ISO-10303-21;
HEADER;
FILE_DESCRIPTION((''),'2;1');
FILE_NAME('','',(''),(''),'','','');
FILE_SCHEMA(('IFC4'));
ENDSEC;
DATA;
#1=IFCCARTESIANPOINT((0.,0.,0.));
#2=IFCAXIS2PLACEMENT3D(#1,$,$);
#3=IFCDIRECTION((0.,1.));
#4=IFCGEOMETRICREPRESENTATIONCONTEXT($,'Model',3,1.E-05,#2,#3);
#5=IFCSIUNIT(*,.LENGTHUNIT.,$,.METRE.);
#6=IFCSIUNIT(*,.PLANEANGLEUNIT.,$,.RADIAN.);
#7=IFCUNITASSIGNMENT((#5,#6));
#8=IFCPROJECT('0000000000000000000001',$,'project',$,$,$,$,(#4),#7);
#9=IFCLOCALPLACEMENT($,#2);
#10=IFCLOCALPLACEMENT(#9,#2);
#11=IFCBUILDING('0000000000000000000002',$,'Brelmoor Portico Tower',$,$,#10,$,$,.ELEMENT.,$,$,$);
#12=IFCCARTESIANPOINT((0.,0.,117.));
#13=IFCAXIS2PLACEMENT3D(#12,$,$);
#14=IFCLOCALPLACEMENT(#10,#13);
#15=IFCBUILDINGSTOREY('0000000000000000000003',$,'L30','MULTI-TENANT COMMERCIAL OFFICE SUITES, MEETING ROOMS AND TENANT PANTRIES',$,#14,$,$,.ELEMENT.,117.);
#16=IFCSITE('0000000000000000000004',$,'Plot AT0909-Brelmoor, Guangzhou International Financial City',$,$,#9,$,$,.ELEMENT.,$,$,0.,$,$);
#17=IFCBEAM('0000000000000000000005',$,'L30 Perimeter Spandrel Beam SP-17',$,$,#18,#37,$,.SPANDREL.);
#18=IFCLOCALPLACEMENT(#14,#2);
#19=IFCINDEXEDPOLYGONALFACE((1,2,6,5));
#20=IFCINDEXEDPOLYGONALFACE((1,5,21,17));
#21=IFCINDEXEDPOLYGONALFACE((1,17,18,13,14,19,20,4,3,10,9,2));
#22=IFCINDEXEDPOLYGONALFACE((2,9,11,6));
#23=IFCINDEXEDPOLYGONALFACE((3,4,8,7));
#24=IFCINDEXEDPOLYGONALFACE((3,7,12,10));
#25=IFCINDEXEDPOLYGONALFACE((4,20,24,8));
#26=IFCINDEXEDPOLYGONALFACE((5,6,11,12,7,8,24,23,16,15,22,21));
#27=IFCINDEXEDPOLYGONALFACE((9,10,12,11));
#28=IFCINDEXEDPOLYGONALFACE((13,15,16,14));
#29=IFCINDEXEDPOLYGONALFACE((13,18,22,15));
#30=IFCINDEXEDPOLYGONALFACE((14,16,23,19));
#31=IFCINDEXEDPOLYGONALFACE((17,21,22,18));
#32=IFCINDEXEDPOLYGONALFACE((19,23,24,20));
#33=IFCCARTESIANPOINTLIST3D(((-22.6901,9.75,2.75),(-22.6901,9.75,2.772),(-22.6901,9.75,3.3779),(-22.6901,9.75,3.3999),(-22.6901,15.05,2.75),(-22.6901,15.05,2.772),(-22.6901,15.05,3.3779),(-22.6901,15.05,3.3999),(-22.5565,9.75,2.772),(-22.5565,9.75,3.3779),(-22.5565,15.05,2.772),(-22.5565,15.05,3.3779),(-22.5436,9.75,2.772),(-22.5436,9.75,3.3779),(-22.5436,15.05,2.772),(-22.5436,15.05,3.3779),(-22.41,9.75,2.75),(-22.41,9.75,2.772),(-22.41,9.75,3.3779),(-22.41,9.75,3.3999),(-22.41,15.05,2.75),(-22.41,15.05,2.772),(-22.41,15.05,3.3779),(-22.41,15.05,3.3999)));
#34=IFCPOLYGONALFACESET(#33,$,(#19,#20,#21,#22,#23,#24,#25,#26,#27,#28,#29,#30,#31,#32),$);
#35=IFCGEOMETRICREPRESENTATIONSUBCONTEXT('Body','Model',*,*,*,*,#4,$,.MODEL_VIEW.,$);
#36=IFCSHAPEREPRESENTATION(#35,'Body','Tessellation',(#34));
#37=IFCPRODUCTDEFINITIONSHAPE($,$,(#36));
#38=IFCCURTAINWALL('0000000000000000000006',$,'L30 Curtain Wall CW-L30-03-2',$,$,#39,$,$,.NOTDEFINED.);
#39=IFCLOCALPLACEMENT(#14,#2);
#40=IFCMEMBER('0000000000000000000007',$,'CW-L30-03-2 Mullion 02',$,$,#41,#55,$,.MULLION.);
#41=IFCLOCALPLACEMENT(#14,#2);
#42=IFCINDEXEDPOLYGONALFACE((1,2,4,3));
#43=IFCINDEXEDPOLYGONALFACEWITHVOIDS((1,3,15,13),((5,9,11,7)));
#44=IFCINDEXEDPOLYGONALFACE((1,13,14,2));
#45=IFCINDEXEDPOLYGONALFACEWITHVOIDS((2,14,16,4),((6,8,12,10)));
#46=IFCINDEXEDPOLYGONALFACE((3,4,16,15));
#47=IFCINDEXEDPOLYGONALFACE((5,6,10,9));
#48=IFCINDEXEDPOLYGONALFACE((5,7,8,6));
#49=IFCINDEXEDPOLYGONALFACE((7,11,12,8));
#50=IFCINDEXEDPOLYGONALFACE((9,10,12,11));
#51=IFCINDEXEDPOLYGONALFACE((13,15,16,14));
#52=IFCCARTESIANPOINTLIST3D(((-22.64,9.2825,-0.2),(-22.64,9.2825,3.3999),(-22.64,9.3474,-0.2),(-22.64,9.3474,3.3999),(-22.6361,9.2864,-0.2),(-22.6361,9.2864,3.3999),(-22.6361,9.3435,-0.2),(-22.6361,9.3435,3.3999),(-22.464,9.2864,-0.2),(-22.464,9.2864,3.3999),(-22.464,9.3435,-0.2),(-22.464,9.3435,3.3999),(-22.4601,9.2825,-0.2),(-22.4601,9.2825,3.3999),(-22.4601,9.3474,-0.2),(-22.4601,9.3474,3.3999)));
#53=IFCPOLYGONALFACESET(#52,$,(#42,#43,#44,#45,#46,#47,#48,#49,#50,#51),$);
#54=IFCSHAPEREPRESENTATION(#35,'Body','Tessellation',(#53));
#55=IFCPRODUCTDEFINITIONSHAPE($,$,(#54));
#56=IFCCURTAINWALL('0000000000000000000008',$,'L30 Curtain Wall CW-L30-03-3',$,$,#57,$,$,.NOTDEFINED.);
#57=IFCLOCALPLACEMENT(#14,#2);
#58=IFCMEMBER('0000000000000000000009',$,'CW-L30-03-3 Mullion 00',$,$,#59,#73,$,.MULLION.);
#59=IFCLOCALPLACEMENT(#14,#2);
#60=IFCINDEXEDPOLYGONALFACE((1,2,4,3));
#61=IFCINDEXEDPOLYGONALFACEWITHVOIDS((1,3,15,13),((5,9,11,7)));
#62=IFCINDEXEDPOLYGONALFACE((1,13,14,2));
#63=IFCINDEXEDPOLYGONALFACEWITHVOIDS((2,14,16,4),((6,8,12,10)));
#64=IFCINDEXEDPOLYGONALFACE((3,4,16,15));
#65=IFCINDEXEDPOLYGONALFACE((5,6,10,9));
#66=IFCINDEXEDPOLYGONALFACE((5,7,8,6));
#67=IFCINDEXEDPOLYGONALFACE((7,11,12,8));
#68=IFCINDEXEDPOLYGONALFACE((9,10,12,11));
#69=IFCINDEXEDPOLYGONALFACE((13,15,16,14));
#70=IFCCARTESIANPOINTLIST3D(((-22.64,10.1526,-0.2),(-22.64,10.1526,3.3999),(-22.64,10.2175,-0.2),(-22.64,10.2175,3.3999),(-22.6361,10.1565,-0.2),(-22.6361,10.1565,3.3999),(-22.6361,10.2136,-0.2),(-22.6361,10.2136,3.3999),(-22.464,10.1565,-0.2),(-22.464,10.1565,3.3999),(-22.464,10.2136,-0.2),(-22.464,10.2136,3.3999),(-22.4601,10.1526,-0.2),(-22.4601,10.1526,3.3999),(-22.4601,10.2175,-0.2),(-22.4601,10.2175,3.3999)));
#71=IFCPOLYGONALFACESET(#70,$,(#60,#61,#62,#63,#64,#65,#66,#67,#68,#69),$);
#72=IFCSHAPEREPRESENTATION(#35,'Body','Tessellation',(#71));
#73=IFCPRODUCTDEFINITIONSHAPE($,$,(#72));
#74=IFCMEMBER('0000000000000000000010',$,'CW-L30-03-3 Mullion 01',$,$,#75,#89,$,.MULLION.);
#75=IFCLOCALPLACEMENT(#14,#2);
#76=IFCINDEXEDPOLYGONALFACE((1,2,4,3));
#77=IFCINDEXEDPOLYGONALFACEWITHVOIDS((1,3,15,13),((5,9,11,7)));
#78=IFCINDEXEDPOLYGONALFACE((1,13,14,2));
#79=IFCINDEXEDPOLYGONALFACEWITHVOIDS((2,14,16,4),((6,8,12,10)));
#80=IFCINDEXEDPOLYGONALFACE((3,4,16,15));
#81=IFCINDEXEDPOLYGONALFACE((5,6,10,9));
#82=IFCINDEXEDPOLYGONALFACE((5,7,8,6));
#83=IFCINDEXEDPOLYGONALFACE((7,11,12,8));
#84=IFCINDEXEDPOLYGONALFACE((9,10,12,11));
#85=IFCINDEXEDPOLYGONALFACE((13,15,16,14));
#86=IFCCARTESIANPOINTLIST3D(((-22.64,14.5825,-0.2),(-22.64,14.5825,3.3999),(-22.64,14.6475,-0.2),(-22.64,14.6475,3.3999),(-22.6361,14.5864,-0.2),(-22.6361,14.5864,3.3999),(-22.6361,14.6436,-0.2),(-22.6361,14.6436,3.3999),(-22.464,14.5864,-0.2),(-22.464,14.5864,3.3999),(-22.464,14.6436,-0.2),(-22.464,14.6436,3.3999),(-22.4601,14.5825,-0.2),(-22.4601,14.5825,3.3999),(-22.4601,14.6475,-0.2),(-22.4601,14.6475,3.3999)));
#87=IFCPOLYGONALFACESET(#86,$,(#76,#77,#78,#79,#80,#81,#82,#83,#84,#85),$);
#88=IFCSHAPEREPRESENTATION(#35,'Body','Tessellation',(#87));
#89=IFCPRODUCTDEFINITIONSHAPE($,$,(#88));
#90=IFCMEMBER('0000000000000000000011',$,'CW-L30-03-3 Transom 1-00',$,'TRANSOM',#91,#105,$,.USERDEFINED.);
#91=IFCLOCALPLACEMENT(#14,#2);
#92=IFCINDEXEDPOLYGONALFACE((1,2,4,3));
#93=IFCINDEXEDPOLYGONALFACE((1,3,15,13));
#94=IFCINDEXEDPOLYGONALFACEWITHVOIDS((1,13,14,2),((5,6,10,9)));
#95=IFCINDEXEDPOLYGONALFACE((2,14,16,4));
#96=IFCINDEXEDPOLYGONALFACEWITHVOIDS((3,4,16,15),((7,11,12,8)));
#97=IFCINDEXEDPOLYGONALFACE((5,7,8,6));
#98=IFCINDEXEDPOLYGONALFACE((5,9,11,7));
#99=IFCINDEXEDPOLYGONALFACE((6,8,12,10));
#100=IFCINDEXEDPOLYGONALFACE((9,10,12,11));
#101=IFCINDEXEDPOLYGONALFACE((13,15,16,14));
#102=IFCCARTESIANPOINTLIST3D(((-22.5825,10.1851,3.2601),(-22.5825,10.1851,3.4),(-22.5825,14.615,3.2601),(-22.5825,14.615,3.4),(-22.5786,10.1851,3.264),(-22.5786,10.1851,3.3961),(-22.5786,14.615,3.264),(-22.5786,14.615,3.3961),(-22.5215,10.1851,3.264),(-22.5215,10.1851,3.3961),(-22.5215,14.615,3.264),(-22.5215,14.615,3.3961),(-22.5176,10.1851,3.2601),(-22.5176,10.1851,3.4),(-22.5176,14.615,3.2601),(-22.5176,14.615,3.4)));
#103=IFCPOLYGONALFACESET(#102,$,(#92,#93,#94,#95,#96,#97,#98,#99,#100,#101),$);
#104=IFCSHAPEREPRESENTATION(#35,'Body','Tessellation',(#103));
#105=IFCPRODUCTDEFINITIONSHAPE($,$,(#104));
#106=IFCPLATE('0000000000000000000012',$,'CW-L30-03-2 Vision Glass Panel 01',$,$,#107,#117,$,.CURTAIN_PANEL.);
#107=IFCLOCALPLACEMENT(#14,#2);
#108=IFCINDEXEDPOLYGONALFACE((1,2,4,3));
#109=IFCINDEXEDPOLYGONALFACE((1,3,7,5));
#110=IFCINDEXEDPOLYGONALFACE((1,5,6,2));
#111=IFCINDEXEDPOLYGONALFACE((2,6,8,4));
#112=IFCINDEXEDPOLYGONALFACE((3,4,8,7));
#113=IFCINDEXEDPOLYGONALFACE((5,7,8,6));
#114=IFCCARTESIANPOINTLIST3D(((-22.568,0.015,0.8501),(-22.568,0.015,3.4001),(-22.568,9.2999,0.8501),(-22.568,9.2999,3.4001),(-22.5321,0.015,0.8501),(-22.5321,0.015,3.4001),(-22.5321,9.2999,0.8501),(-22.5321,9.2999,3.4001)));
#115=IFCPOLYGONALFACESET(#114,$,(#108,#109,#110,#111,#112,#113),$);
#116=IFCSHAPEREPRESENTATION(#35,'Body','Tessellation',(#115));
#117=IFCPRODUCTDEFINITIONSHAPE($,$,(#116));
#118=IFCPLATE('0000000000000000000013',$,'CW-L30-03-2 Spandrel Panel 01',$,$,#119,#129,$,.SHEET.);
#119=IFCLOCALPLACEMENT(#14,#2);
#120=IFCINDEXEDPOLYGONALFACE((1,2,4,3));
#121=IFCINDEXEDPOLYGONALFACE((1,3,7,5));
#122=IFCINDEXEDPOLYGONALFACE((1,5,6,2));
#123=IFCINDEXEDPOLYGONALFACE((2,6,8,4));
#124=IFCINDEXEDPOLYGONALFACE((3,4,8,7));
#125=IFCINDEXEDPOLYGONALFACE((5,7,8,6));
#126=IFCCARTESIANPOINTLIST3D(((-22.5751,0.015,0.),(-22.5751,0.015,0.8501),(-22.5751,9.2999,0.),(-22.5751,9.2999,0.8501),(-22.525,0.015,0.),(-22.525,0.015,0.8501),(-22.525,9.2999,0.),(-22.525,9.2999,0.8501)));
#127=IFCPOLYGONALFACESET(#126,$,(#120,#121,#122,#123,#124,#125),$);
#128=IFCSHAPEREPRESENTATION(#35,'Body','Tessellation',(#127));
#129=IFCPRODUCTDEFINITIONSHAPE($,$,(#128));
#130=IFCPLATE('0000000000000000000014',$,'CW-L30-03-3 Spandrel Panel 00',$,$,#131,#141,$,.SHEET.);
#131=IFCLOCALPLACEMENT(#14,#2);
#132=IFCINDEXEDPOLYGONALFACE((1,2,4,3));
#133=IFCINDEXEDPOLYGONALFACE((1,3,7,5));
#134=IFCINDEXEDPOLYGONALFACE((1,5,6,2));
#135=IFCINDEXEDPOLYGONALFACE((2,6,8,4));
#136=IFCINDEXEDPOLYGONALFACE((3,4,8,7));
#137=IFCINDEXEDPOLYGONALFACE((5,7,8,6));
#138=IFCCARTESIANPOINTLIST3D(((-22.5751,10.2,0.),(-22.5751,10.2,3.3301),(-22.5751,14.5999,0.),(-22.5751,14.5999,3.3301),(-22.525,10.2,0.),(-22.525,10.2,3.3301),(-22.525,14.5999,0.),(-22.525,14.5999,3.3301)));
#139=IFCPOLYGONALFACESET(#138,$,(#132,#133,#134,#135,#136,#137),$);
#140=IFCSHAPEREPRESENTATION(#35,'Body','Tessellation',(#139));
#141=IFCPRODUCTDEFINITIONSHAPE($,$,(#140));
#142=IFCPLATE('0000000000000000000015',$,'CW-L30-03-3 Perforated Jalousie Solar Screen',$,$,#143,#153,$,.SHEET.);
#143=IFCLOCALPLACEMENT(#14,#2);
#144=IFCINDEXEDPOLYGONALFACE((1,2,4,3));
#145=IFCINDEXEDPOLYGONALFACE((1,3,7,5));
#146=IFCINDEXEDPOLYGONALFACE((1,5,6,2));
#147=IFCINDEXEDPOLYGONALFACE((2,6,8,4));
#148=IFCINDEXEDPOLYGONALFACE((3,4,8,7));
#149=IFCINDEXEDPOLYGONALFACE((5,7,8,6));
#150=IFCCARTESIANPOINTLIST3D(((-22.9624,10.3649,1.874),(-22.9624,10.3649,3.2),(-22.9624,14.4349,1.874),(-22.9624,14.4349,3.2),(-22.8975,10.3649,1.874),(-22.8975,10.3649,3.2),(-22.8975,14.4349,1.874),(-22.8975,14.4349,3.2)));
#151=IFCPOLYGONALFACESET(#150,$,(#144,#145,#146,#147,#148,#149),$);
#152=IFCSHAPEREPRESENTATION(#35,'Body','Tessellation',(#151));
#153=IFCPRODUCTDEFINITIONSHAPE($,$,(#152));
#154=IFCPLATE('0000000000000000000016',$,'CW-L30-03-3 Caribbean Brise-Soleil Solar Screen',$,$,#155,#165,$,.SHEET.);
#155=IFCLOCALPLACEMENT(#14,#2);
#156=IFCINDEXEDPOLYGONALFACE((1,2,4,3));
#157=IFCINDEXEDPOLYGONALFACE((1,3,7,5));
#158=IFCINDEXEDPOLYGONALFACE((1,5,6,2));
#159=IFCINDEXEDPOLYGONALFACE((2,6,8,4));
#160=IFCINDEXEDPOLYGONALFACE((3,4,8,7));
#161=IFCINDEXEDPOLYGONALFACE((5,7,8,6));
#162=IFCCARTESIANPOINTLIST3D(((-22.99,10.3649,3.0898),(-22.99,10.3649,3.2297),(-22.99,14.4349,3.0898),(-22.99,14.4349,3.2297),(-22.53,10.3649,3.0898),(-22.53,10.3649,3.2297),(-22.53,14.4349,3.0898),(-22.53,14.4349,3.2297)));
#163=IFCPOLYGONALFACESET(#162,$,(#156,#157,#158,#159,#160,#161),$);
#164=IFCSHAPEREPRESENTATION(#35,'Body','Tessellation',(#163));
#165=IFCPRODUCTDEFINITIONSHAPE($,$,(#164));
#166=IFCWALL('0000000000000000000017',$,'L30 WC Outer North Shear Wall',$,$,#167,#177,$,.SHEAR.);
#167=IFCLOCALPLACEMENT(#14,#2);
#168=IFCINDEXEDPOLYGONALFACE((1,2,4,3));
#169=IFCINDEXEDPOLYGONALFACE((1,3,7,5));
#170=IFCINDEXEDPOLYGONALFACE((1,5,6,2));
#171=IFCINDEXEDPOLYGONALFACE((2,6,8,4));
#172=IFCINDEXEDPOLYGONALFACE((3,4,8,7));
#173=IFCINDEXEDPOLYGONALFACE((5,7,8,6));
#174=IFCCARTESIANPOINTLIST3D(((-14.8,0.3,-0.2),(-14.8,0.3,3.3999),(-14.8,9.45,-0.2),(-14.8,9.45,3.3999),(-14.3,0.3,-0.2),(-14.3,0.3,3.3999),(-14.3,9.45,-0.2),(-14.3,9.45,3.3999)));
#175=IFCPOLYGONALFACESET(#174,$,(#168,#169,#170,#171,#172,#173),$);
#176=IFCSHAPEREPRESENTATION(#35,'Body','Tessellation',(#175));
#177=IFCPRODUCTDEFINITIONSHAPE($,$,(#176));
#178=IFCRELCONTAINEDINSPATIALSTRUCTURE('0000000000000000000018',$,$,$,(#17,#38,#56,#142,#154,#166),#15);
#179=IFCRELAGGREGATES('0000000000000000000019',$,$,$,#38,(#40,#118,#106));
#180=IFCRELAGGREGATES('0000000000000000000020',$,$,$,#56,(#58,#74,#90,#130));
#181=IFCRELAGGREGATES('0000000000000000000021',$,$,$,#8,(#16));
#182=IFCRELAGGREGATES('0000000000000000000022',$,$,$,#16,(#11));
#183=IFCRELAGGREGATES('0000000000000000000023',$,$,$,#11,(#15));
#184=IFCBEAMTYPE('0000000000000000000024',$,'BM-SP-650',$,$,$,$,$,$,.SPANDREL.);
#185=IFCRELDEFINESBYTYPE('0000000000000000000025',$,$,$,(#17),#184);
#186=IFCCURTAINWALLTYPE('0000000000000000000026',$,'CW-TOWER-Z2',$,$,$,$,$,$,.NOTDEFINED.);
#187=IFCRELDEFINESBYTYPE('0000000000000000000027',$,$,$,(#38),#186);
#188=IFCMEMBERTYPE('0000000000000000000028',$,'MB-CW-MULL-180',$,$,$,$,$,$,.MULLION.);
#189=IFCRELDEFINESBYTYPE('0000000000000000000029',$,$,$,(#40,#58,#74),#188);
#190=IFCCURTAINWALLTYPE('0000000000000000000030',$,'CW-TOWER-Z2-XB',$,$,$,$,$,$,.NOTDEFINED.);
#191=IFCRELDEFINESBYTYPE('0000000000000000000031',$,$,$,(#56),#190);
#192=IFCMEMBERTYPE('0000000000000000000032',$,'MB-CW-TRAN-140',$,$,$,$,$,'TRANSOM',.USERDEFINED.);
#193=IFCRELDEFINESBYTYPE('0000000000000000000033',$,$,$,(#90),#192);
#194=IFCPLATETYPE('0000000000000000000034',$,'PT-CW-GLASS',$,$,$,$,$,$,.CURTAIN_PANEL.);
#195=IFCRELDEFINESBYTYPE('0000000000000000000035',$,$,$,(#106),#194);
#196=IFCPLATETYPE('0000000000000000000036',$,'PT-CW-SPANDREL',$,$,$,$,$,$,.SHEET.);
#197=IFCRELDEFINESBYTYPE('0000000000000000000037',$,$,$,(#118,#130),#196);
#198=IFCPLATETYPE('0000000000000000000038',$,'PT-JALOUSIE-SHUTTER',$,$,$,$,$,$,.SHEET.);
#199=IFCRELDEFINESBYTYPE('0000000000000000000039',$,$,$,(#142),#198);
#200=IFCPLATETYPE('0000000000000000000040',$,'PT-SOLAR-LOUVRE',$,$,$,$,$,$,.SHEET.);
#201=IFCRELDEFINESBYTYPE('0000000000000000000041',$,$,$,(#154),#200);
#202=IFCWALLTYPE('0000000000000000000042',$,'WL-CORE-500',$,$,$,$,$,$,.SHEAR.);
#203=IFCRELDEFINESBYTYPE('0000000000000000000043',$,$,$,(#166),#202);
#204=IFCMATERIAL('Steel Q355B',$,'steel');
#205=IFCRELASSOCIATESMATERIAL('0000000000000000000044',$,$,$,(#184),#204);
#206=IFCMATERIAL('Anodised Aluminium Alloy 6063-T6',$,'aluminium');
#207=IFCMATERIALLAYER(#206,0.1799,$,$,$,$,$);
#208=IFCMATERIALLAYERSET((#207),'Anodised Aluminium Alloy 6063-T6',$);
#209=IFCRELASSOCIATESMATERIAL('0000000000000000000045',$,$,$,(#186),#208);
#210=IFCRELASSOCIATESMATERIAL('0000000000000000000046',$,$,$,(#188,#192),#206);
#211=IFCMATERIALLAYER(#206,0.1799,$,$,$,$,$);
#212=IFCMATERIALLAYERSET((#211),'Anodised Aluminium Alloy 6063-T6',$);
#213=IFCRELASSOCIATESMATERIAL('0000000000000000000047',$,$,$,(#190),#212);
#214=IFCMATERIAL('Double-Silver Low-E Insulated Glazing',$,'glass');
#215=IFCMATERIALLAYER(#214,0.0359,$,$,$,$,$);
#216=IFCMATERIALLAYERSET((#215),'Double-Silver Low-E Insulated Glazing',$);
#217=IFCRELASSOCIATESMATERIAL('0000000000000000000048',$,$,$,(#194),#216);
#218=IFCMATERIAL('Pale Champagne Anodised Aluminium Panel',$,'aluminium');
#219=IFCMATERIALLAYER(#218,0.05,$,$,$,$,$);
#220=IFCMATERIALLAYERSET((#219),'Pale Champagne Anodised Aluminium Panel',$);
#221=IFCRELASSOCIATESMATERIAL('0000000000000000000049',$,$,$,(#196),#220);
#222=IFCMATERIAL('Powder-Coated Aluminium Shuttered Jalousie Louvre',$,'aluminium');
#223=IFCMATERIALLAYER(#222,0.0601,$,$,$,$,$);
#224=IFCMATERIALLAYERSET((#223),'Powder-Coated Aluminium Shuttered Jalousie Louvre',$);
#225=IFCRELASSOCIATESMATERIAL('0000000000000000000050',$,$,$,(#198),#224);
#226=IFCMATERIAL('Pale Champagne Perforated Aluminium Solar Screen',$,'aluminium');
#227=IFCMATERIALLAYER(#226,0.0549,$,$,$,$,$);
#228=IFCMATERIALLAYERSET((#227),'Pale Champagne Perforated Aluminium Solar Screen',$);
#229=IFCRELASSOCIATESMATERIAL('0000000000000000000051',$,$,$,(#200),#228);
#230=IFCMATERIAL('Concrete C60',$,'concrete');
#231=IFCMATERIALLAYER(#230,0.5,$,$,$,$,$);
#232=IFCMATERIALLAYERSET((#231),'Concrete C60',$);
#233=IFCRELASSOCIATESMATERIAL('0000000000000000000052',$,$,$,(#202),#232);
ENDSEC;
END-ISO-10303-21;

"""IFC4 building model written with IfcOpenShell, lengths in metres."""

from ifc_helpers import new_model, si_unit, direction, frame, frame_2d, origin, origin_2d, place, context, subcontext, project, spatial, rectangle, hollow_rectangle, i_section, extrude, material, layer, layer_set, material_profile, profile_set, type_object, element, aggregate, save


model = new_model("IFC4")

# Units and contexts
model_context = context("Model", 3, precision=1e-05, world=origin(), true_north=direction((0.0, 1.0)))
body_context = subcontext(model_context, "Body", "Model", "MODEL_VIEW")
ifc_project = project(units=[si_unit("LENGTHUNIT", "METRE"), si_unit("PLANEANGLEUNIT", "RADIAN")], contexts=[model_context])

# Site, building, storey
site_placement = place(None, origin())
site = spatial("IfcSite", under=ifc_project, at=site_placement, Name="Plot AT0909-Brelmoor, Guangzhou International Financial City", CompositionType="ELEMENT", RefElevation=0.0)
building_placement = place(site_placement, origin())
building = spatial("IfcBuilding", under=site, at=building_placement, Name="Brelmoor Portico Tower", CompositionType="ELEMENT")
storey_placement = place(building_placement, frame((0.0, 0.0, 117.0)))
storey = spatial("IfcBuildingStorey", under=building, at=storey_placement, Name="L30", Description="MULTI-TENANT COMMERCIAL OFFICE SUITES, MEETING ROOMS AND TENANT PANTRIES", CompositionType="ELEMENT", Elevation=117.0)

# Shared definitions
ifc_material_1 = material(Name="Steel Q355B", Category="steel")

# Beam
ifc_material_profile_1 = material_profile(ifc_material_1, i_section(OverallWidth=0.28, OverallDepth=0.6499, WebThickness=0.0129, FlangeThickness=0.022, at=origin_2d()), Name="HN 650x280x13x22")
ifc_profile_set_1 = profile_set([ifc_material_profile_1], Name="Steel Q355B")
beam_type_1 = type_object("IfcBeamType", Name="BM-SP-650", PredefinedType="SPANDREL", material=ifc_profile_set_1)
beam_1_placement = place(storey_placement, frame((-22.55, 9.75, 3.075), z_axis=(0.0, 1.0, 0.0), x_axis=(-1.0, 0.0, 0.0)))
element("IfcBeam", 1, at=beam_1_placement, inside=storey, type_object=beam_type_1, Name="L30 Perimeter Spandrel Beam SP-17", PredefinedType="SPANDREL", context=body_context, shape_type="SweptSolid", body=[
    extrude(i_section(OverallWidth=0.28, OverallDepth=0.6499, WebThickness=0.0129, FlangeThickness=0.022, at=origin_2d()), origin(), (0.0, 0.0, 1.0), 5.3),
])

# Curtain wall, member
ifc_material_2 = material(Name="Anodised Aluminium Alloy 6063-T6", Category="aluminium")
ifc_layer_1 = layer(ifc_material_2, 0.1799)
ifc_layer_set_1 = layer_set([ifc_layer_1], Name="Anodised Aluminium Alloy 6063-T6")
curtain_wall_type_1 = type_object("IfcCurtainWallType", Name="CW-TOWER-Z2", PredefinedType="NOTDEFINED", material=ifc_layer_set_1)
curtain_wall_1_placement = place(storey_placement, origin())
curtain_wall_1 = element("IfcCurtainWall", 2, at=curtain_wall_1_placement, inside=storey, type_object=curtain_wall_type_1, Name="L30 Curtain Wall CW-L30-03-2", PredefinedType="NOTDEFINED")
ifc_material_profile_2 = material_profile(ifc_material_2, hollow_rectangle(XDim=0.0649, YDim=0.1799, WallThickness=0.0039, at=origin_2d()), Name="ALU MULLION 65x180")
ifc_profile_set_2 = profile_set([ifc_material_profile_2], Name="Anodised Aluminium Alloy 6063-T6")
member_type_1 = type_object("IfcMemberType", Name="MB-CW-MULL-180", PredefinedType="MULLION", material=ifc_profile_set_2)
member_1_placement = place(storey_placement, frame((-22.55, 9.3149, -0.2), z_axis=(0.0, 0.0, 1.0), x_axis=(0.0, 1.0, 0.0)))
member_1 = element("IfcMember", 3, at=member_1_placement, type_object=member_type_1, Name="CW-L30-03-2 Mullion 02", PredefinedType="MULLION", context=body_context, shape_type="SweptSolid", body=[
    extrude(hollow_rectangle(XDim=0.0649, YDim=0.1799, WallThickness=0.0039, at=origin_2d()), origin(), (0.0, 0.0, 1.0), 3.5999),
])

# Curtain wall, members
ifc_layer_2 = layer(ifc_material_2, 0.1799)
ifc_layer_set_2 = layer_set([ifc_layer_2], Name="Anodised Aluminium Alloy 6063-T6")
curtain_wall_type_2 = type_object("IfcCurtainWallType", Name="CW-TOWER-Z2-XB", PredefinedType="NOTDEFINED", material=ifc_layer_set_2)
curtain_wall_2_placement = place(storey_placement, origin())
curtain_wall_2 = element("IfcCurtainWall", 4, at=curtain_wall_2_placement, inside=storey, type_object=curtain_wall_type_2, Name="L30 Curtain Wall CW-L30-03-3", PredefinedType="NOTDEFINED")
member_2_placement = place(storey_placement, frame((-22.55, 10.1851, -0.2), z_axis=(0.0, 0.0, 1.0), x_axis=(0.0, 1.0, 0.0)))
member_2 = element("IfcMember", 5, at=member_2_placement, type_object=member_type_1, Name="CW-L30-03-3 Mullion 00", PredefinedType="MULLION", context=body_context, shape_type="SweptSolid", body=[
    extrude(hollow_rectangle(XDim=0.0649, YDim=0.1799, WallThickness=0.0039, at=origin_2d()), origin(), (0.0, 0.0, 1.0), 3.5999),
])
member_3_placement = place(storey_placement, frame((-22.55, 14.615, -0.2), z_axis=(0.0, 0.0, 1.0), x_axis=(0.0, 1.0, 0.0)))
member_3 = element("IfcMember", 6, at=member_3_placement, type_object=member_type_1, Name="CW-L30-03-3 Mullion 01", PredefinedType="MULLION", context=body_context, shape_type="SweptSolid", body=[
    extrude(hollow_rectangle(XDim=0.0649, YDim=0.1799, WallThickness=0.0039, at=origin_2d()), origin(), (0.0, 0.0, 1.0), 3.5999),
])
ifc_material_profile_3 = material_profile(ifc_material_2, hollow_rectangle(XDim=0.0649, YDim=0.1399, WallThickness=0.0039, at=origin_2d()), Name="ALU TRANSOM 65x140")
ifc_profile_set_3 = profile_set([ifc_material_profile_3], Name="Anodised Aluminium Alloy 6063-T6")
member_type_2 = type_object("IfcMemberType", Name="MB-CW-TRAN-140", ElementType="TRANSOM", PredefinedType="USERDEFINED", material=ifc_profile_set_3)
member_4_placement = place(storey_placement, frame((-22.55, 10.1851, 3.3301), z_axis=(0.0, 1.0, 0.0), x_axis=(-1.0, 0.0, 0.0)))
member_4 = element("IfcMember", 7, at=member_4_placement, type_object=member_type_2, Name="CW-L30-03-3 Transom 1-00", ObjectType="TRANSOM", PredefinedType="USERDEFINED", context=body_context, shape_type="SweptSolid", body=[
    extrude(hollow_rectangle(XDim=0.0649, YDim=0.1399, WallThickness=0.0039, at=origin_2d()), origin(), (0.0, 0.0, 1.0), 4.4299),
])

# Plates
ifc_material_3 = material(Name="Double-Silver Low-E Insulated Glazing", Category="glass")
ifc_layer_3 = layer(ifc_material_3, 0.0359)
ifc_layer_set_3 = layer_set([ifc_layer_3], Name="Double-Silver Low-E Insulated Glazing")
plate_type_1 = type_object("IfcPlateType", Name="PT-CW-GLASS", PredefinedType="CURTAIN_PANEL", material=ifc_layer_set_3)
plate_1_placement = place(storey_placement, frame((-22.55, 4.6575, 0.8501), z_axis=(0.0, 0.0, 1.0), x_axis=(0.0, 1.0, 0.0)))
plate_1 = element("IfcPlate", 8, at=plate_1_placement, type_object=plate_type_1, Name="CW-L30-03-2 Vision Glass Panel 01", PredefinedType="CURTAIN_PANEL", context=body_context, shape_type="SweptSolid", body=[
    extrude(rectangle(XDim=9.2849, YDim=0.0359, at=origin_2d()), origin(), (0.0, 0.0, 1.0), 2.55),
])
ifc_material_4 = material(Name="Pale Champagne Anodised Aluminium Panel", Category="aluminium")
ifc_layer_4 = layer(ifc_material_4, 0.05)
ifc_layer_set_4 = layer_set([ifc_layer_4], Name="Pale Champagne Anodised Aluminium Panel")
plate_type_2 = type_object("IfcPlateType", Name="PT-CW-SPANDREL", PredefinedType="SHEET", material=ifc_layer_set_4)
plate_2_placement = place(storey_placement, frame((-22.55, 4.6575, 0.0), z_axis=(0.0, 0.0, 1.0), x_axis=(0.0, 1.0, 0.0)))
plate_2 = element("IfcPlate", 9, at=plate_2_placement, type_object=plate_type_2, Name="CW-L30-03-2 Spandrel Panel 01", PredefinedType="SHEET", context=body_context, shape_type="SweptSolid", body=[
    extrude(rectangle(XDim=9.2849, YDim=0.05, at=origin_2d()), origin(), (0.0, 0.0, 1.0), 0.8501),
])
aggregate(curtain_wall_1, [member_1, plate_2, plate_1])
plate_3_placement = place(storey_placement, frame((-22.55, 12.3999, 0.0), z_axis=(0.0, 0.0, 1.0), x_axis=(0.0, 1.0, 0.0)))
plate_3 = element("IfcPlate", 10, at=plate_3_placement, type_object=plate_type_2, Name="CW-L30-03-3 Spandrel Panel 00", PredefinedType="SHEET", context=body_context, shape_type="SweptSolid", body=[
    extrude(rectangle(XDim=4.3999, YDim=0.05, at=origin_2d()), origin(), (0.0, 0.0, 1.0), 3.3301),
])
aggregate(curtain_wall_2, [member_2, member_3, member_4, plate_3])

# Plates
ifc_material_5 = material(Name="Powder-Coated Aluminium Shuttered Jalousie Louvre", Category="aluminium")
ifc_layer_5 = layer(ifc_material_5, 0.0601)
ifc_layer_set_5 = layer_set([ifc_layer_5], Name="Powder-Coated Aluminium Shuttered Jalousie Louvre")
plate_type_3 = type_object("IfcPlateType", Name="PT-JALOUSIE-SHUTTER", PredefinedType="SHEET", material=ifc_layer_set_5)
plate_4_placement = place(storey_placement, frame((-22.9299, 12.3999, 1.874), z_axis=(0.0, 0.0, 1.0), x_axis=(0.0, 1.0, 0.0)))
element("IfcPlate", 11, at=plate_4_placement, inside=storey, type_object=plate_type_3, Name="CW-L30-03-3 Perforated Jalousie Solar Screen", PredefinedType="SHEET", context=body_context, shape_type="SweptSolid", body=[
    extrude(rectangle(XDim=4.0701, YDim=0.0649, at=origin_2d()), origin(), (0.0, 0.0, 1.0), 1.3259),
])
ifc_material_6 = material(Name="Pale Champagne Perforated Aluminium Solar Screen", Category="aluminium")
ifc_layer_6 = layer(ifc_material_6, 0.0549)
ifc_layer_set_6 = layer_set([ifc_layer_6], Name="Pale Champagne Perforated Aluminium Solar Screen")
plate_type_4 = type_object("IfcPlateType", Name="PT-SOLAR-LOUVRE", PredefinedType="SHEET", material=ifc_layer_set_6)
plate_5_placement = place(storey_placement, frame((-22.76, 12.3999, 3.0898), z_axis=(0.0, 0.0, 1.0), x_axis=(0.0, 1.0, 0.0)))
element("IfcPlate", 12, at=plate_5_placement, inside=storey, type_object=plate_type_4, Name="CW-L30-03-3 Caribbean Brise-Soleil Solar Screen", PredefinedType="SHEET", context=body_context, shape_type="SweptSolid", body=[
    extrude(rectangle(XDim=4.0701, YDim=0.46, at=origin_2d()), origin(), (0.0, 0.0, 1.0), 0.1399),
])

# Wall
ifc_material_7 = material(Name="Concrete C60", Category="concrete")
ifc_layer_7 = layer(ifc_material_7, 0.5)
ifc_layer_set_7 = layer_set([ifc_layer_7], Name="Concrete C60")
wall_type_1 = type_object("IfcWallType", Name="WL-CORE-500", PredefinedType="SHEAR", material=ifc_layer_set_7)
wall_1_placement = place(storey_placement, frame((-14.55, 0.3, -0.2), z_axis=(0.0, 0.0, 1.0), x_axis=(0.0, 1.0, 0.0)))
element("IfcWall", 13, at=wall_1_placement, inside=storey, type_object=wall_type_1, Name="L30 WC Outer North Shear Wall", PredefinedType="SHEAR", context=body_context, shape_type="SweptSolid", body=[
    extrude(rectangle(XDim=9.1499, YDim=0.5, at=frame_2d((4.575, 0.0))), origin(), (0.0, 0.0, 1.0), 3.5999),
])

save(model, "model.ifc")
